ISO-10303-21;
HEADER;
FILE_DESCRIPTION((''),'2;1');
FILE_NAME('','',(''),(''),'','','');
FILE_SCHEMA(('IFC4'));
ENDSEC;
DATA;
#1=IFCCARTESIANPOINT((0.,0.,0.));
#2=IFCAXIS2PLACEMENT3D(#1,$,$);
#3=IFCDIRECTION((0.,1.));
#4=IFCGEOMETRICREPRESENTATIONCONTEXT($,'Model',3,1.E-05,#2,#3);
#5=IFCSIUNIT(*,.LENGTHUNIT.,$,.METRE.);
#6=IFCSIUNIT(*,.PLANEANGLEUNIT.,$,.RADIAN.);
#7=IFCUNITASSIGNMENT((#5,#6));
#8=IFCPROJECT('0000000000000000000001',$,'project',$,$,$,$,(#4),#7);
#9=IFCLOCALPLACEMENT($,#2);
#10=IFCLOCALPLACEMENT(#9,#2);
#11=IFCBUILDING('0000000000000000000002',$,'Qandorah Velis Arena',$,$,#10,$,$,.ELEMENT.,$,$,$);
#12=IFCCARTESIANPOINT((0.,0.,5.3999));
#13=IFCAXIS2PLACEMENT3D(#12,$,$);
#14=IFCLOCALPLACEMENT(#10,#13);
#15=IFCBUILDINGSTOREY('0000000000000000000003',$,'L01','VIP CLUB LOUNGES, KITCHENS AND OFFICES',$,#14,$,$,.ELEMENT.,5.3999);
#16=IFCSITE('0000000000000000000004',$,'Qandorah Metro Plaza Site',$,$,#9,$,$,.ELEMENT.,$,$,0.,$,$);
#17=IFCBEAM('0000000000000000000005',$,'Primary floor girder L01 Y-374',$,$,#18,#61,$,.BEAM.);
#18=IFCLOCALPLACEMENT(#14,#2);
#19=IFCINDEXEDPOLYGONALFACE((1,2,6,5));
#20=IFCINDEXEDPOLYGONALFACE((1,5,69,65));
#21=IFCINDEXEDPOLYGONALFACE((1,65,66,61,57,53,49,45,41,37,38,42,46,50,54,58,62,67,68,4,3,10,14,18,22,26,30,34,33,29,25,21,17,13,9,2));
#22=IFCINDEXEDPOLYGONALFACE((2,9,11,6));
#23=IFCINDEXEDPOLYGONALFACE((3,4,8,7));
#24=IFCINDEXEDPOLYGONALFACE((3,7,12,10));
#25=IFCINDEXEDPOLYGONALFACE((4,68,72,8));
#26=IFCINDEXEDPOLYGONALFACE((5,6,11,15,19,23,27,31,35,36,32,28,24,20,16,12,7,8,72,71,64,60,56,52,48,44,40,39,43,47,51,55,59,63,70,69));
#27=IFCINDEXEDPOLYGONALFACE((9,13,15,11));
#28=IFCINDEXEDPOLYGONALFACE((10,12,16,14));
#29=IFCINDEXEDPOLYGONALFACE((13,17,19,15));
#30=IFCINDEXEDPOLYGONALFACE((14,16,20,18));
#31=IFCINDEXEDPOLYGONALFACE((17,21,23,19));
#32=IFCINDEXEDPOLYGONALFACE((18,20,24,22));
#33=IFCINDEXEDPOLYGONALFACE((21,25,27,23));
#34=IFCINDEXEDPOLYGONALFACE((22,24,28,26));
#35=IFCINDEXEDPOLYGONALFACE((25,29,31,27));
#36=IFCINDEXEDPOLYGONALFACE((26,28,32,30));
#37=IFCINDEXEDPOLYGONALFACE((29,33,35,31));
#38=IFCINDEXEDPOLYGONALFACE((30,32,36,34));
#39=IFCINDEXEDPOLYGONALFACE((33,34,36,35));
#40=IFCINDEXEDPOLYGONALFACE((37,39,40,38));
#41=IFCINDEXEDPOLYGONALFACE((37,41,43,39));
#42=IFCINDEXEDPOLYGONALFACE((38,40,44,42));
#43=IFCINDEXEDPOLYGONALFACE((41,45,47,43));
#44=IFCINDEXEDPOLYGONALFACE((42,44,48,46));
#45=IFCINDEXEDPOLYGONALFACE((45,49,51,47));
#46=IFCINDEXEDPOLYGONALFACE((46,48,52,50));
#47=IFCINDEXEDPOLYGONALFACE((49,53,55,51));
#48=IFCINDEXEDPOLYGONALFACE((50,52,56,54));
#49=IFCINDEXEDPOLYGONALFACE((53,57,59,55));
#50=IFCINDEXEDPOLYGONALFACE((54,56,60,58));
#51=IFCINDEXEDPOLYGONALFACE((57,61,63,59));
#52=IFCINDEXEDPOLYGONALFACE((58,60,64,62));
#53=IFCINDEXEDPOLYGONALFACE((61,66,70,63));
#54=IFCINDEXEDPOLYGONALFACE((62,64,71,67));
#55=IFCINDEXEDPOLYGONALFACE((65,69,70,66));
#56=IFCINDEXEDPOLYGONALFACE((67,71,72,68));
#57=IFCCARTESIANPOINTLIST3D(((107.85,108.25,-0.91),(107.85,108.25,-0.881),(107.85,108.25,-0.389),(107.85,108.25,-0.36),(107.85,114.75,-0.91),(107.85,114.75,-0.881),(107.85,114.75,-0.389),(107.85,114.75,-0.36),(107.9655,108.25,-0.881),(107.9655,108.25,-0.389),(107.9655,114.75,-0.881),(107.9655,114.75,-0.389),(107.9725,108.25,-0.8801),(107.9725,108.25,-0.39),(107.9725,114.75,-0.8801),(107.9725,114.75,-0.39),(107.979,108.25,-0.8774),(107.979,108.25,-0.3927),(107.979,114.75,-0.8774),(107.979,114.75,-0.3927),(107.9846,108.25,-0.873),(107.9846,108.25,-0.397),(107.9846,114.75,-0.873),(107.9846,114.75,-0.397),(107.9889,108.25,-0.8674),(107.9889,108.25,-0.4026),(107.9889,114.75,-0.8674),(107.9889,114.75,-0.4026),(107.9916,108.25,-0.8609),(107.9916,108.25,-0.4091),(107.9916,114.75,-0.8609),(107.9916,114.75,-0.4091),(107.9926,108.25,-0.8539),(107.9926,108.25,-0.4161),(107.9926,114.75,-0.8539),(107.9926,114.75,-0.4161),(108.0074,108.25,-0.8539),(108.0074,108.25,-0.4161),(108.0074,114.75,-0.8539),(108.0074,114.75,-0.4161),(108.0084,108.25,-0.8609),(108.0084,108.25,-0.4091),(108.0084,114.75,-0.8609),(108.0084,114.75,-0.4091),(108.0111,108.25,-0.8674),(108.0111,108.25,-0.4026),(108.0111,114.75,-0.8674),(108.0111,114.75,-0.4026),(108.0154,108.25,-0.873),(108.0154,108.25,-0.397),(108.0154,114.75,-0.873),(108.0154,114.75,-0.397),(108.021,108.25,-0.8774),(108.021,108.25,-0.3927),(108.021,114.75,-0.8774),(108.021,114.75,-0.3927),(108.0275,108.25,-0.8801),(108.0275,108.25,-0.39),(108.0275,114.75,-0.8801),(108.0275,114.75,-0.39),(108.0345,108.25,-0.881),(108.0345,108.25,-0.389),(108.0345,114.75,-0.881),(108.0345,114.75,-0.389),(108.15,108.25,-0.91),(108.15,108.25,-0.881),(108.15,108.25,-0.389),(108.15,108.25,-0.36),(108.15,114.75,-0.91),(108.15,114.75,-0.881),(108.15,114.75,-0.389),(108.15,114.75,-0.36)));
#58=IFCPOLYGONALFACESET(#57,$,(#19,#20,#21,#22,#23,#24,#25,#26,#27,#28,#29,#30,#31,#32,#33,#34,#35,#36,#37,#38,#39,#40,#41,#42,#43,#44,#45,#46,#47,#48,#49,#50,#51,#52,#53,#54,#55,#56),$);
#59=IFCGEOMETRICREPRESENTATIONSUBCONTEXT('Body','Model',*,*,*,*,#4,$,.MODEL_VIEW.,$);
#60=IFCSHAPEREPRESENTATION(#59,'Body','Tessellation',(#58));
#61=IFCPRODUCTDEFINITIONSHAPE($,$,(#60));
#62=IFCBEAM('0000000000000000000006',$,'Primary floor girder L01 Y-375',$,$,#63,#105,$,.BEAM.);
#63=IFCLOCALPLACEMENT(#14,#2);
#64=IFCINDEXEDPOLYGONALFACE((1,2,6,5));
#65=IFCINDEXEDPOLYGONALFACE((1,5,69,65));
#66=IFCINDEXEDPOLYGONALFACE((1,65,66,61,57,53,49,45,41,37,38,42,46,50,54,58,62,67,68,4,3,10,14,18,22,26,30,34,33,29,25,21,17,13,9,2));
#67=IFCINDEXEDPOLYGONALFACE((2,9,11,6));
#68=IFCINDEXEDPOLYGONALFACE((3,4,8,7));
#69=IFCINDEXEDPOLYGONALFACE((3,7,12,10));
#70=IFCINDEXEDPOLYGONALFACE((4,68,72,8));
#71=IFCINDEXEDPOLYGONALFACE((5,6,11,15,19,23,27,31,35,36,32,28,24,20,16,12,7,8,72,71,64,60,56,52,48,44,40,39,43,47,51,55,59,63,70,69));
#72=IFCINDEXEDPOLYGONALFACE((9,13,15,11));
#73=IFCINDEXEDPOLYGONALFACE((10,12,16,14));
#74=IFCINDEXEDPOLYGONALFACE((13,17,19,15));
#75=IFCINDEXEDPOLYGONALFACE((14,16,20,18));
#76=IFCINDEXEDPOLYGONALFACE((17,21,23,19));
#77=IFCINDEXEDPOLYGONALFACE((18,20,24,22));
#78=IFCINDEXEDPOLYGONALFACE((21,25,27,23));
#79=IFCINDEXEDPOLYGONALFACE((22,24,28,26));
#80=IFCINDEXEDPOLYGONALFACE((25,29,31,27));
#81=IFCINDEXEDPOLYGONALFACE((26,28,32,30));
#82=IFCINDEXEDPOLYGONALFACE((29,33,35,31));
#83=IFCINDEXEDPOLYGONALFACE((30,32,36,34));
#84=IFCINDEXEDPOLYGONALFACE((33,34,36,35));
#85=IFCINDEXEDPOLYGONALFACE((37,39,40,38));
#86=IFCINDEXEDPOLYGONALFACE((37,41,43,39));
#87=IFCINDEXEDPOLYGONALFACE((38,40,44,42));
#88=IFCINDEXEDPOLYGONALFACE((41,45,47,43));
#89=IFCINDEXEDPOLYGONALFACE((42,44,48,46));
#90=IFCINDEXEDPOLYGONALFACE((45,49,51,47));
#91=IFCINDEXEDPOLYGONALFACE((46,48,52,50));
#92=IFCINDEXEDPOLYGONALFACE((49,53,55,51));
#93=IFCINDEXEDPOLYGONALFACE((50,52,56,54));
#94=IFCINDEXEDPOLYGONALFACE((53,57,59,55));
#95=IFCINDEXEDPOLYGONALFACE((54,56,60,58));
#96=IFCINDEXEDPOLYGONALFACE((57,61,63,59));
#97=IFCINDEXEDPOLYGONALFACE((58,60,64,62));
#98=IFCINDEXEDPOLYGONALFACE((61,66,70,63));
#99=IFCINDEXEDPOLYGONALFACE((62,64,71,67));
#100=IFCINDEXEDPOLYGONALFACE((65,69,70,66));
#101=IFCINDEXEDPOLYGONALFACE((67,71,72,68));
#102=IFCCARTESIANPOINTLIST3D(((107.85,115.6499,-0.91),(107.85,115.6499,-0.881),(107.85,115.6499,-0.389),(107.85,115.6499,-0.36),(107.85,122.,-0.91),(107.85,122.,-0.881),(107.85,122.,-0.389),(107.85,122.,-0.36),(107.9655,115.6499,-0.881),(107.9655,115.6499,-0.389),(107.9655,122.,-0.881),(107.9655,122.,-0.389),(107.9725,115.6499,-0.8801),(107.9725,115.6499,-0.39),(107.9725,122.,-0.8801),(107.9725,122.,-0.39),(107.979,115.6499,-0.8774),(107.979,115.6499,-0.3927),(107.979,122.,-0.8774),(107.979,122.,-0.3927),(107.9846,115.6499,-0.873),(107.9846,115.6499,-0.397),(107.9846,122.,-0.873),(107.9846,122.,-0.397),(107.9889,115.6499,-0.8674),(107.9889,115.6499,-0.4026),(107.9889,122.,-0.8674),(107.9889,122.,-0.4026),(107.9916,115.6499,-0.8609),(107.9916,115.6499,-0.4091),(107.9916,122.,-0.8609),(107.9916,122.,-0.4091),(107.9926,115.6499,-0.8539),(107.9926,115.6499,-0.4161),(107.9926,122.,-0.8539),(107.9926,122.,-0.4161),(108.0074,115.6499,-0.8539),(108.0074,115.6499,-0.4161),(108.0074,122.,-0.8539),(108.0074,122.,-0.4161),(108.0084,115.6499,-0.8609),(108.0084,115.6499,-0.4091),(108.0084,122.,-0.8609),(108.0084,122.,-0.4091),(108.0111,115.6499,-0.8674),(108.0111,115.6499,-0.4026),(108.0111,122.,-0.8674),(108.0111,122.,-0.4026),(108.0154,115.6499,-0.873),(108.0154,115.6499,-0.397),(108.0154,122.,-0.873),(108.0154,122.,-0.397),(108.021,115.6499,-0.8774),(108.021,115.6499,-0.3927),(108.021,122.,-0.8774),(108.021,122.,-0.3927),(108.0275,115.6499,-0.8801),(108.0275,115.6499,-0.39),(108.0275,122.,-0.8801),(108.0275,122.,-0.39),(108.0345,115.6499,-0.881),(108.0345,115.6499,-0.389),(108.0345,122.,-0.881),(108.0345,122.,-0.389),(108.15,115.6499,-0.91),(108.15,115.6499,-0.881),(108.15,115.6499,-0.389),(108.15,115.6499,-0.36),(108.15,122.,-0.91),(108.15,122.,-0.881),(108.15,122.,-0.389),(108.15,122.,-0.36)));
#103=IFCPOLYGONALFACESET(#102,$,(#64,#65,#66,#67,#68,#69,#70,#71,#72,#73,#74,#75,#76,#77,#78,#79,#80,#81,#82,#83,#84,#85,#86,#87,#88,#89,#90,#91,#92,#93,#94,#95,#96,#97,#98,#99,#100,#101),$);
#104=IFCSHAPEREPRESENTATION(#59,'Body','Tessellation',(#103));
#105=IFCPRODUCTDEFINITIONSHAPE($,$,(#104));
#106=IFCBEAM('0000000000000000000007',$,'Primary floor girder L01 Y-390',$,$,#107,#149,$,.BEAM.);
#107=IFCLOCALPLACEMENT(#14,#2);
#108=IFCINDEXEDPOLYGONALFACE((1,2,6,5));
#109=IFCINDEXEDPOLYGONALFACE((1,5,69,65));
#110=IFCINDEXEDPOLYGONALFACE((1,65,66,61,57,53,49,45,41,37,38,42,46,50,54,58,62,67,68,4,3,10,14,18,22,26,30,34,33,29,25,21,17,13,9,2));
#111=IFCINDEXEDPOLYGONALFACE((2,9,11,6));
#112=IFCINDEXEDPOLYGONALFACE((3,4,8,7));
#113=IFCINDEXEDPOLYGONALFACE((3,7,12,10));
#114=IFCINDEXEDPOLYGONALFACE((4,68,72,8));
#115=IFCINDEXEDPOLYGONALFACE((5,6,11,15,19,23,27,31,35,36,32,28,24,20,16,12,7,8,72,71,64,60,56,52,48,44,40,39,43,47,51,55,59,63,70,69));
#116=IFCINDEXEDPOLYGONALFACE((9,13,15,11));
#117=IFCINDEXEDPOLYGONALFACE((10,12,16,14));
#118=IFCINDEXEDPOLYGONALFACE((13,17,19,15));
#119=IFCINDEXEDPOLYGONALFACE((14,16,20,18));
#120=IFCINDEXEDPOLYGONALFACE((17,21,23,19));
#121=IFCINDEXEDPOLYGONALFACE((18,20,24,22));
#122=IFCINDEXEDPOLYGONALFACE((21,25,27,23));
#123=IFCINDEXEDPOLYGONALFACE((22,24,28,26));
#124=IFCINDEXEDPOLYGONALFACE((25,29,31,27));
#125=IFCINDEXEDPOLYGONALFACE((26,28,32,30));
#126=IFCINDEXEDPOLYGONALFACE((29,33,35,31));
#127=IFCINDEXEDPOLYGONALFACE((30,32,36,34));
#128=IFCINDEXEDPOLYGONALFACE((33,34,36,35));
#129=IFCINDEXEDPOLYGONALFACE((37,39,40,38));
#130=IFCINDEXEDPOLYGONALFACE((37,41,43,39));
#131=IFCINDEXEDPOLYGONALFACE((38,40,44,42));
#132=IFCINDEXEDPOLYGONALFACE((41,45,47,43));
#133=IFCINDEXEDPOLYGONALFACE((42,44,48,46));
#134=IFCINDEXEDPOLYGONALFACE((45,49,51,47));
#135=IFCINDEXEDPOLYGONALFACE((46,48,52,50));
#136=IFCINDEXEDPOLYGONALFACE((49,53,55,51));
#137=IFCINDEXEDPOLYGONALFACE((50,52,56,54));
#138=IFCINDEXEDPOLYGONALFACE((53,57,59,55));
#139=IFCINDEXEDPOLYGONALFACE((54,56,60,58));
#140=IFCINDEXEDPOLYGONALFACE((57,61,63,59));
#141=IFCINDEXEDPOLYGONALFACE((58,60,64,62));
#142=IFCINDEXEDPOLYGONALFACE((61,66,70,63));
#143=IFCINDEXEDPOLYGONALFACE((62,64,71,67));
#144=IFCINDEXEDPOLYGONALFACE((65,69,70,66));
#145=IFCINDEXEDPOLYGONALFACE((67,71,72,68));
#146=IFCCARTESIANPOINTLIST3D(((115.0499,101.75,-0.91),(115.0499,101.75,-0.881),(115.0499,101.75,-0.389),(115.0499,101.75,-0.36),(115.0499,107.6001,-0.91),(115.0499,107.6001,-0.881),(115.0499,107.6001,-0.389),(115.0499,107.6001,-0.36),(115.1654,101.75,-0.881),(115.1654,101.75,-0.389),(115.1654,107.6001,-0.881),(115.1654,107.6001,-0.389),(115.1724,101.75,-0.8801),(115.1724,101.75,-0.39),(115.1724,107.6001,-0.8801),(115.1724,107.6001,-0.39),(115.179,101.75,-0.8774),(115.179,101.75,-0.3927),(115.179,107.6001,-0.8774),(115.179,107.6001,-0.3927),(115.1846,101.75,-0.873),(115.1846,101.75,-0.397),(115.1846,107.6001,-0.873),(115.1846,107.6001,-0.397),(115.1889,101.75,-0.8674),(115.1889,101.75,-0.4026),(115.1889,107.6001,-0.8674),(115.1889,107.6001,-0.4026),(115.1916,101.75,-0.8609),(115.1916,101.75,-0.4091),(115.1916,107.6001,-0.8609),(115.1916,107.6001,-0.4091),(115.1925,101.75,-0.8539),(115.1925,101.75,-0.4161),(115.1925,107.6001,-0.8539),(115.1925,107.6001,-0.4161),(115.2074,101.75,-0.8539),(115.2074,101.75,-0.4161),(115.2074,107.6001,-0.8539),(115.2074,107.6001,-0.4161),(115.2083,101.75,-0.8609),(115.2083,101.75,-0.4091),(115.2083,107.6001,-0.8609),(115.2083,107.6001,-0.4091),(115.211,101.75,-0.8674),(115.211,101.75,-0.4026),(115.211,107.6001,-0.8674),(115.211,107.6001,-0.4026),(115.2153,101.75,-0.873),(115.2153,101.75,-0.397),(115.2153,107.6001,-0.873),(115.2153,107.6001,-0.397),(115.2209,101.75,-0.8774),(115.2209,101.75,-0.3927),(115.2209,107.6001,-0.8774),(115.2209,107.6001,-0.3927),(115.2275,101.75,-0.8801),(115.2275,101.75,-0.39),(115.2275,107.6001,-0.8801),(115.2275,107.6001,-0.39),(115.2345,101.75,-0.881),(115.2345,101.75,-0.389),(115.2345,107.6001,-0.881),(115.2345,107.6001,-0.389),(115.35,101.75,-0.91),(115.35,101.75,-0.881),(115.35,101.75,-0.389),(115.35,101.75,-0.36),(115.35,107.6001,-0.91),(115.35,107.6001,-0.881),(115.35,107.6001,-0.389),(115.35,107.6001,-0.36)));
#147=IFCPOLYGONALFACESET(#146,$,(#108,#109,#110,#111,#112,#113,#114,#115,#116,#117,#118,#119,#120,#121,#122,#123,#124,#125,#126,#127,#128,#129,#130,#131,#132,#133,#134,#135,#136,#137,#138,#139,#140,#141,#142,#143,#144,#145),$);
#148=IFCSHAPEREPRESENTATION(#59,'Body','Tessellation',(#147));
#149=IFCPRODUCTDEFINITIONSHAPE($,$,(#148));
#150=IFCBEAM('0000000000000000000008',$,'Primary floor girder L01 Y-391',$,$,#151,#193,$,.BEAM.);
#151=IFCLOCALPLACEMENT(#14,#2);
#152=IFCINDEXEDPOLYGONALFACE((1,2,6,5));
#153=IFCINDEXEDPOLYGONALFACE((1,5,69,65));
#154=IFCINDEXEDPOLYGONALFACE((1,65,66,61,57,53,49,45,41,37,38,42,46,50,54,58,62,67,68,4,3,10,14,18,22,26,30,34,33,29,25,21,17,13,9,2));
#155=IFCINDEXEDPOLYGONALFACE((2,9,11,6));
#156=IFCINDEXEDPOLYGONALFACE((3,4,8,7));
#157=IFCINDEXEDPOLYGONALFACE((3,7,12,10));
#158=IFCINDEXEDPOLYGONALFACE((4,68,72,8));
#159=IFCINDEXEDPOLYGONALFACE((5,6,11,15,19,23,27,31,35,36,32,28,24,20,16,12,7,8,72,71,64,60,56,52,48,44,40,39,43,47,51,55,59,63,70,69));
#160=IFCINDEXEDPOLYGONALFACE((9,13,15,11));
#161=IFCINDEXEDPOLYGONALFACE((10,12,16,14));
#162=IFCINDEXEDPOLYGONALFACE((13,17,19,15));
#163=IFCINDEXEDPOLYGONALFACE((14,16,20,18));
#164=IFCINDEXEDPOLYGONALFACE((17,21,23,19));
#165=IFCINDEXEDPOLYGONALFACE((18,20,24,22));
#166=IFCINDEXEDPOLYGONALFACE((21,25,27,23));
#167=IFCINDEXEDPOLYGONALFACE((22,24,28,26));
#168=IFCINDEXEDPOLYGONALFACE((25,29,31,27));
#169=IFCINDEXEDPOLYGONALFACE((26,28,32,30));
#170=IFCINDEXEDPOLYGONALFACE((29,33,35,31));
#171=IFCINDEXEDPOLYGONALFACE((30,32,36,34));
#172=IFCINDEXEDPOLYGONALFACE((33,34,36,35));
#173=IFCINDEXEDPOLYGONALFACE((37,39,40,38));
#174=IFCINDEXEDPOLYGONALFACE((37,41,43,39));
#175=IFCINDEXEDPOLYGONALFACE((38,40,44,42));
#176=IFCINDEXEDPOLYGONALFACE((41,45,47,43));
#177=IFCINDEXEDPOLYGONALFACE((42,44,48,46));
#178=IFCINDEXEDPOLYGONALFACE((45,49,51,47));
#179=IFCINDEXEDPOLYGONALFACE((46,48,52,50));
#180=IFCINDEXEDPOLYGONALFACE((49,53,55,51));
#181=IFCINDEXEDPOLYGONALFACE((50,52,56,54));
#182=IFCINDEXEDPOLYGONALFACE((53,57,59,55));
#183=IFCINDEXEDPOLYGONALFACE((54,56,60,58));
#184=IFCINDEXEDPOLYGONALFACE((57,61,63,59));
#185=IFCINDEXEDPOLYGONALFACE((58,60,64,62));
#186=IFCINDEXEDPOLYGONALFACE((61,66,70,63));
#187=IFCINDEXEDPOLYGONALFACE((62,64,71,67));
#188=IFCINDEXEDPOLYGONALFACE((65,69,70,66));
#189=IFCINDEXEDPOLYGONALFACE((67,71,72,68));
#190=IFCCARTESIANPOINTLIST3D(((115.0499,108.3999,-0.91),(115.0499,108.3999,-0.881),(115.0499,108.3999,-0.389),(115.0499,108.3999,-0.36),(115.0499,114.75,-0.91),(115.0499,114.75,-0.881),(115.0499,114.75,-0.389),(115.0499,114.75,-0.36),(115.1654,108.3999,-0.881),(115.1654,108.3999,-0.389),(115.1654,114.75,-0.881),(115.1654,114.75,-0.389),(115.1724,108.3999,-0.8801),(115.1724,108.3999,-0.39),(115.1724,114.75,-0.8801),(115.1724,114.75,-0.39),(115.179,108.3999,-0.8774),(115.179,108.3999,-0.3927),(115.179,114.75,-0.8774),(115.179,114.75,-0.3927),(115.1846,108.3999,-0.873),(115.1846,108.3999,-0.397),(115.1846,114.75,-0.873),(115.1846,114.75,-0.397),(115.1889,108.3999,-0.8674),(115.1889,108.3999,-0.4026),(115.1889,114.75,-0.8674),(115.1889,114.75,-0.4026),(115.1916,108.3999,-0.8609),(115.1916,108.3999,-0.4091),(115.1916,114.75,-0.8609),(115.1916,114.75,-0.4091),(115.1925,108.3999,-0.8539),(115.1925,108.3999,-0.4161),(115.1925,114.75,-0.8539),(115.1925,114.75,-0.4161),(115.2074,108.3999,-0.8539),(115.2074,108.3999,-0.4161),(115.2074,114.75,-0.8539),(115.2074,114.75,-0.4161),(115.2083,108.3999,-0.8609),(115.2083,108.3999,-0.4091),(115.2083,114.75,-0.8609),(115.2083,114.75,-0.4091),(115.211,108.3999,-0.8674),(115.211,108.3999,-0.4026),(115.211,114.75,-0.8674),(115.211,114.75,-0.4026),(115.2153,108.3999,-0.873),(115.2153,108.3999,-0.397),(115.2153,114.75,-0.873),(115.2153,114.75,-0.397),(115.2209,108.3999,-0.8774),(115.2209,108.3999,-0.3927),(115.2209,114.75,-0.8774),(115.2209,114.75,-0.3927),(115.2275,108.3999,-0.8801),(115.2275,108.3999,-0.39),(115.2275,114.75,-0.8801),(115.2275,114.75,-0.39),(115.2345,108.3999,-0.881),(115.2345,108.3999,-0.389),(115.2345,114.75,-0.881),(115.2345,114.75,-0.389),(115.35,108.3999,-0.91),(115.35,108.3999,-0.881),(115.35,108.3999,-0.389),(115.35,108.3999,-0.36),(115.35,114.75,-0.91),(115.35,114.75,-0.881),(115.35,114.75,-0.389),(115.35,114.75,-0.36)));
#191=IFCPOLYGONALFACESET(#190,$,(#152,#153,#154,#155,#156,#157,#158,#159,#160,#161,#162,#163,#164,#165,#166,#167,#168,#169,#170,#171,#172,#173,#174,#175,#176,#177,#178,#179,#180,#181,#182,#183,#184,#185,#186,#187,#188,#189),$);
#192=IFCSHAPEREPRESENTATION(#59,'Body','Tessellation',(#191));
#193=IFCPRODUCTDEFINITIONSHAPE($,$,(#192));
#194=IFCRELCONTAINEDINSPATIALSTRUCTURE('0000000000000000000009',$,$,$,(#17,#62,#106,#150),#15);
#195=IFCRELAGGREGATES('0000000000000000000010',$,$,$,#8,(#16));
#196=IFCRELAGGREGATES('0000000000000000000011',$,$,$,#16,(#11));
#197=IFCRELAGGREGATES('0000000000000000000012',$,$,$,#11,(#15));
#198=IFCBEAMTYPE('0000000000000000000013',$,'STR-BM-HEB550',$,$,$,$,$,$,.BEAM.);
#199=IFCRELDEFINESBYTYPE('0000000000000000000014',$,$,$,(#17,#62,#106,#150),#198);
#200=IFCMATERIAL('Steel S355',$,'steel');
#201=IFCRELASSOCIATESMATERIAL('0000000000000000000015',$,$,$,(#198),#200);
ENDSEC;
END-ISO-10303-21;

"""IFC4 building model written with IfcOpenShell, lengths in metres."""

from ifc_helpers import new_model, si_unit, direction, frame, origin, origin_2d, place, context, subcontext, project, spatial, i_section, extrude, material, material_profile, profile_set, type_object, element, save


model = new_model("IFC4")

# Units and contexts
model_context = context("Model", 3, precision=1e-05, world=origin(), true_north=direction((0.0, 1.0)))
body_context = subcontext(model_context, "Body", "Model", "MODEL_VIEW")
ifc_project = project(units=[si_unit("LENGTHUNIT", "METRE"), si_unit("PLANEANGLEUNIT", "RADIAN")], contexts=[model_context])

# Site, building, storey
site_placement = place(None, origin())
site = spatial("IfcSite", under=ifc_project, at=site_placement, Name="Qandorah Metro Plaza Site", CompositionType="ELEMENT", RefElevation=0.0)
building_placement = place(site_placement, origin())
building = spatial("IfcBuilding", under=site, at=building_placement, Name="Qandorah Velis Arena", CompositionType="ELEMENT")
storey_placement = place(building_placement, frame((0.0, 0.0, 5.3999)))
storey = spatial("IfcBuildingStorey", under=building, at=storey_placement, Name="L01", Description="VIP CLUB LOUNGES, KITCHENS AND OFFICES", CompositionType="ELEMENT", Elevation=5.3999)

# Beams
ifc_material_1 = material(Name="Steel S355", Category="steel")
ifc_material_profile_1 = material_profile(ifc_material_1, i_section(OverallWidth=0.3, OverallDepth=0.55, WebThickness=0.0149, FlangeThickness=0.0291, FilletRadius=0.0271, at=origin_2d()), Name="HEB 550")
ifc_profile_set_1 = profile_set([ifc_material_profile_1], Name="Steel S355")
beam_type_1 = type_object("IfcBeamType", Name="STR-BM-HEB550", PredefinedType="BEAM", material=ifc_profile_set_1)
for number, where, z_axis, x_axis, name in (
    (1, (108.0, 108.25, -0.635), (0.0, 1.0, 0.0), (-1.0, 0.0, 0.0), "Primary floor girder L01 Y-374"),
):
    element("IfcBeam", number, at=place(storey_placement, frame(where, z_axis=z_axis, x_axis=x_axis)), inside=storey, type_object=beam_type_1, Name=name, PredefinedType="BEAM", context=body_context, shape_type="SweptSolid", body=[
        extrude(i_section(OverallWidth=0.3, OverallDepth=0.55, WebThickness=0.0149, FlangeThickness=0.0291, FilletRadius=0.0271, at=origin_2d()), origin(), (0.0, 0.0, 1.0), 6.5),
    ])
beam_1_placement = place(storey_placement, frame((108.0, 115.6499, -0.635), z_axis=(0.0, 1.0, 0.0), x_axis=(-1.0, 0.0, 0.0)))
element("IfcBeam", 2, at=beam_1_placement, inside=storey, type_object=beam_type_1, Name="Primary floor girder L01 Y-375", PredefinedType="BEAM", context=body_context, shape_type="SweptSolid", body=[
    extrude(i_section(OverallWidth=0.3, OverallDepth=0.55, WebThickness=0.0149, FlangeThickness=0.0291, FilletRadius=0.0271, at=origin_2d()), origin(), (0.0, 0.0, 1.0), 6.3501),
])
beam_2_placement = place(storey_placement, frame((115.2, 101.75, -0.635), z_axis=(0.0, 1.0, 0.0), x_axis=(-1.0, 0.0, 0.0)))
element("IfcBeam", 3, at=beam_2_placement, inside=storey, type_object=beam_type_1, Name="Primary floor girder L01 Y-390", PredefinedType="BEAM", context=body_context, shape_type="SweptSolid", body=[
    extrude(i_section(OverallWidth=0.3, OverallDepth=0.55, WebThickness=0.0149, FlangeThickness=0.0291, FilletRadius=0.0271, at=origin_2d()), origin(), (0.0, 0.0, 1.0), 5.8501),
])
beam_3_placement = place(storey_placement, frame((115.2, 108.3999, -0.635), z_axis=(0.0, 1.0, 0.0), x_axis=(-1.0, 0.0, 0.0)))
element("IfcBeam", 4, at=beam_3_placement, inside=storey, type_object=beam_type_1, Name="Primary floor girder L01 Y-391", PredefinedType="BEAM", context=body_context, shape_type="SweptSolid", body=[
    extrude(i_section(OverallWidth=0.3, OverallDepth=0.55, WebThickness=0.0149, FlangeThickness=0.0291, FilletRadius=0.0271, at=origin_2d()), origin(), (0.0, 0.0, 1.0), 6.3501),
])

save(model, "model.ifc")
